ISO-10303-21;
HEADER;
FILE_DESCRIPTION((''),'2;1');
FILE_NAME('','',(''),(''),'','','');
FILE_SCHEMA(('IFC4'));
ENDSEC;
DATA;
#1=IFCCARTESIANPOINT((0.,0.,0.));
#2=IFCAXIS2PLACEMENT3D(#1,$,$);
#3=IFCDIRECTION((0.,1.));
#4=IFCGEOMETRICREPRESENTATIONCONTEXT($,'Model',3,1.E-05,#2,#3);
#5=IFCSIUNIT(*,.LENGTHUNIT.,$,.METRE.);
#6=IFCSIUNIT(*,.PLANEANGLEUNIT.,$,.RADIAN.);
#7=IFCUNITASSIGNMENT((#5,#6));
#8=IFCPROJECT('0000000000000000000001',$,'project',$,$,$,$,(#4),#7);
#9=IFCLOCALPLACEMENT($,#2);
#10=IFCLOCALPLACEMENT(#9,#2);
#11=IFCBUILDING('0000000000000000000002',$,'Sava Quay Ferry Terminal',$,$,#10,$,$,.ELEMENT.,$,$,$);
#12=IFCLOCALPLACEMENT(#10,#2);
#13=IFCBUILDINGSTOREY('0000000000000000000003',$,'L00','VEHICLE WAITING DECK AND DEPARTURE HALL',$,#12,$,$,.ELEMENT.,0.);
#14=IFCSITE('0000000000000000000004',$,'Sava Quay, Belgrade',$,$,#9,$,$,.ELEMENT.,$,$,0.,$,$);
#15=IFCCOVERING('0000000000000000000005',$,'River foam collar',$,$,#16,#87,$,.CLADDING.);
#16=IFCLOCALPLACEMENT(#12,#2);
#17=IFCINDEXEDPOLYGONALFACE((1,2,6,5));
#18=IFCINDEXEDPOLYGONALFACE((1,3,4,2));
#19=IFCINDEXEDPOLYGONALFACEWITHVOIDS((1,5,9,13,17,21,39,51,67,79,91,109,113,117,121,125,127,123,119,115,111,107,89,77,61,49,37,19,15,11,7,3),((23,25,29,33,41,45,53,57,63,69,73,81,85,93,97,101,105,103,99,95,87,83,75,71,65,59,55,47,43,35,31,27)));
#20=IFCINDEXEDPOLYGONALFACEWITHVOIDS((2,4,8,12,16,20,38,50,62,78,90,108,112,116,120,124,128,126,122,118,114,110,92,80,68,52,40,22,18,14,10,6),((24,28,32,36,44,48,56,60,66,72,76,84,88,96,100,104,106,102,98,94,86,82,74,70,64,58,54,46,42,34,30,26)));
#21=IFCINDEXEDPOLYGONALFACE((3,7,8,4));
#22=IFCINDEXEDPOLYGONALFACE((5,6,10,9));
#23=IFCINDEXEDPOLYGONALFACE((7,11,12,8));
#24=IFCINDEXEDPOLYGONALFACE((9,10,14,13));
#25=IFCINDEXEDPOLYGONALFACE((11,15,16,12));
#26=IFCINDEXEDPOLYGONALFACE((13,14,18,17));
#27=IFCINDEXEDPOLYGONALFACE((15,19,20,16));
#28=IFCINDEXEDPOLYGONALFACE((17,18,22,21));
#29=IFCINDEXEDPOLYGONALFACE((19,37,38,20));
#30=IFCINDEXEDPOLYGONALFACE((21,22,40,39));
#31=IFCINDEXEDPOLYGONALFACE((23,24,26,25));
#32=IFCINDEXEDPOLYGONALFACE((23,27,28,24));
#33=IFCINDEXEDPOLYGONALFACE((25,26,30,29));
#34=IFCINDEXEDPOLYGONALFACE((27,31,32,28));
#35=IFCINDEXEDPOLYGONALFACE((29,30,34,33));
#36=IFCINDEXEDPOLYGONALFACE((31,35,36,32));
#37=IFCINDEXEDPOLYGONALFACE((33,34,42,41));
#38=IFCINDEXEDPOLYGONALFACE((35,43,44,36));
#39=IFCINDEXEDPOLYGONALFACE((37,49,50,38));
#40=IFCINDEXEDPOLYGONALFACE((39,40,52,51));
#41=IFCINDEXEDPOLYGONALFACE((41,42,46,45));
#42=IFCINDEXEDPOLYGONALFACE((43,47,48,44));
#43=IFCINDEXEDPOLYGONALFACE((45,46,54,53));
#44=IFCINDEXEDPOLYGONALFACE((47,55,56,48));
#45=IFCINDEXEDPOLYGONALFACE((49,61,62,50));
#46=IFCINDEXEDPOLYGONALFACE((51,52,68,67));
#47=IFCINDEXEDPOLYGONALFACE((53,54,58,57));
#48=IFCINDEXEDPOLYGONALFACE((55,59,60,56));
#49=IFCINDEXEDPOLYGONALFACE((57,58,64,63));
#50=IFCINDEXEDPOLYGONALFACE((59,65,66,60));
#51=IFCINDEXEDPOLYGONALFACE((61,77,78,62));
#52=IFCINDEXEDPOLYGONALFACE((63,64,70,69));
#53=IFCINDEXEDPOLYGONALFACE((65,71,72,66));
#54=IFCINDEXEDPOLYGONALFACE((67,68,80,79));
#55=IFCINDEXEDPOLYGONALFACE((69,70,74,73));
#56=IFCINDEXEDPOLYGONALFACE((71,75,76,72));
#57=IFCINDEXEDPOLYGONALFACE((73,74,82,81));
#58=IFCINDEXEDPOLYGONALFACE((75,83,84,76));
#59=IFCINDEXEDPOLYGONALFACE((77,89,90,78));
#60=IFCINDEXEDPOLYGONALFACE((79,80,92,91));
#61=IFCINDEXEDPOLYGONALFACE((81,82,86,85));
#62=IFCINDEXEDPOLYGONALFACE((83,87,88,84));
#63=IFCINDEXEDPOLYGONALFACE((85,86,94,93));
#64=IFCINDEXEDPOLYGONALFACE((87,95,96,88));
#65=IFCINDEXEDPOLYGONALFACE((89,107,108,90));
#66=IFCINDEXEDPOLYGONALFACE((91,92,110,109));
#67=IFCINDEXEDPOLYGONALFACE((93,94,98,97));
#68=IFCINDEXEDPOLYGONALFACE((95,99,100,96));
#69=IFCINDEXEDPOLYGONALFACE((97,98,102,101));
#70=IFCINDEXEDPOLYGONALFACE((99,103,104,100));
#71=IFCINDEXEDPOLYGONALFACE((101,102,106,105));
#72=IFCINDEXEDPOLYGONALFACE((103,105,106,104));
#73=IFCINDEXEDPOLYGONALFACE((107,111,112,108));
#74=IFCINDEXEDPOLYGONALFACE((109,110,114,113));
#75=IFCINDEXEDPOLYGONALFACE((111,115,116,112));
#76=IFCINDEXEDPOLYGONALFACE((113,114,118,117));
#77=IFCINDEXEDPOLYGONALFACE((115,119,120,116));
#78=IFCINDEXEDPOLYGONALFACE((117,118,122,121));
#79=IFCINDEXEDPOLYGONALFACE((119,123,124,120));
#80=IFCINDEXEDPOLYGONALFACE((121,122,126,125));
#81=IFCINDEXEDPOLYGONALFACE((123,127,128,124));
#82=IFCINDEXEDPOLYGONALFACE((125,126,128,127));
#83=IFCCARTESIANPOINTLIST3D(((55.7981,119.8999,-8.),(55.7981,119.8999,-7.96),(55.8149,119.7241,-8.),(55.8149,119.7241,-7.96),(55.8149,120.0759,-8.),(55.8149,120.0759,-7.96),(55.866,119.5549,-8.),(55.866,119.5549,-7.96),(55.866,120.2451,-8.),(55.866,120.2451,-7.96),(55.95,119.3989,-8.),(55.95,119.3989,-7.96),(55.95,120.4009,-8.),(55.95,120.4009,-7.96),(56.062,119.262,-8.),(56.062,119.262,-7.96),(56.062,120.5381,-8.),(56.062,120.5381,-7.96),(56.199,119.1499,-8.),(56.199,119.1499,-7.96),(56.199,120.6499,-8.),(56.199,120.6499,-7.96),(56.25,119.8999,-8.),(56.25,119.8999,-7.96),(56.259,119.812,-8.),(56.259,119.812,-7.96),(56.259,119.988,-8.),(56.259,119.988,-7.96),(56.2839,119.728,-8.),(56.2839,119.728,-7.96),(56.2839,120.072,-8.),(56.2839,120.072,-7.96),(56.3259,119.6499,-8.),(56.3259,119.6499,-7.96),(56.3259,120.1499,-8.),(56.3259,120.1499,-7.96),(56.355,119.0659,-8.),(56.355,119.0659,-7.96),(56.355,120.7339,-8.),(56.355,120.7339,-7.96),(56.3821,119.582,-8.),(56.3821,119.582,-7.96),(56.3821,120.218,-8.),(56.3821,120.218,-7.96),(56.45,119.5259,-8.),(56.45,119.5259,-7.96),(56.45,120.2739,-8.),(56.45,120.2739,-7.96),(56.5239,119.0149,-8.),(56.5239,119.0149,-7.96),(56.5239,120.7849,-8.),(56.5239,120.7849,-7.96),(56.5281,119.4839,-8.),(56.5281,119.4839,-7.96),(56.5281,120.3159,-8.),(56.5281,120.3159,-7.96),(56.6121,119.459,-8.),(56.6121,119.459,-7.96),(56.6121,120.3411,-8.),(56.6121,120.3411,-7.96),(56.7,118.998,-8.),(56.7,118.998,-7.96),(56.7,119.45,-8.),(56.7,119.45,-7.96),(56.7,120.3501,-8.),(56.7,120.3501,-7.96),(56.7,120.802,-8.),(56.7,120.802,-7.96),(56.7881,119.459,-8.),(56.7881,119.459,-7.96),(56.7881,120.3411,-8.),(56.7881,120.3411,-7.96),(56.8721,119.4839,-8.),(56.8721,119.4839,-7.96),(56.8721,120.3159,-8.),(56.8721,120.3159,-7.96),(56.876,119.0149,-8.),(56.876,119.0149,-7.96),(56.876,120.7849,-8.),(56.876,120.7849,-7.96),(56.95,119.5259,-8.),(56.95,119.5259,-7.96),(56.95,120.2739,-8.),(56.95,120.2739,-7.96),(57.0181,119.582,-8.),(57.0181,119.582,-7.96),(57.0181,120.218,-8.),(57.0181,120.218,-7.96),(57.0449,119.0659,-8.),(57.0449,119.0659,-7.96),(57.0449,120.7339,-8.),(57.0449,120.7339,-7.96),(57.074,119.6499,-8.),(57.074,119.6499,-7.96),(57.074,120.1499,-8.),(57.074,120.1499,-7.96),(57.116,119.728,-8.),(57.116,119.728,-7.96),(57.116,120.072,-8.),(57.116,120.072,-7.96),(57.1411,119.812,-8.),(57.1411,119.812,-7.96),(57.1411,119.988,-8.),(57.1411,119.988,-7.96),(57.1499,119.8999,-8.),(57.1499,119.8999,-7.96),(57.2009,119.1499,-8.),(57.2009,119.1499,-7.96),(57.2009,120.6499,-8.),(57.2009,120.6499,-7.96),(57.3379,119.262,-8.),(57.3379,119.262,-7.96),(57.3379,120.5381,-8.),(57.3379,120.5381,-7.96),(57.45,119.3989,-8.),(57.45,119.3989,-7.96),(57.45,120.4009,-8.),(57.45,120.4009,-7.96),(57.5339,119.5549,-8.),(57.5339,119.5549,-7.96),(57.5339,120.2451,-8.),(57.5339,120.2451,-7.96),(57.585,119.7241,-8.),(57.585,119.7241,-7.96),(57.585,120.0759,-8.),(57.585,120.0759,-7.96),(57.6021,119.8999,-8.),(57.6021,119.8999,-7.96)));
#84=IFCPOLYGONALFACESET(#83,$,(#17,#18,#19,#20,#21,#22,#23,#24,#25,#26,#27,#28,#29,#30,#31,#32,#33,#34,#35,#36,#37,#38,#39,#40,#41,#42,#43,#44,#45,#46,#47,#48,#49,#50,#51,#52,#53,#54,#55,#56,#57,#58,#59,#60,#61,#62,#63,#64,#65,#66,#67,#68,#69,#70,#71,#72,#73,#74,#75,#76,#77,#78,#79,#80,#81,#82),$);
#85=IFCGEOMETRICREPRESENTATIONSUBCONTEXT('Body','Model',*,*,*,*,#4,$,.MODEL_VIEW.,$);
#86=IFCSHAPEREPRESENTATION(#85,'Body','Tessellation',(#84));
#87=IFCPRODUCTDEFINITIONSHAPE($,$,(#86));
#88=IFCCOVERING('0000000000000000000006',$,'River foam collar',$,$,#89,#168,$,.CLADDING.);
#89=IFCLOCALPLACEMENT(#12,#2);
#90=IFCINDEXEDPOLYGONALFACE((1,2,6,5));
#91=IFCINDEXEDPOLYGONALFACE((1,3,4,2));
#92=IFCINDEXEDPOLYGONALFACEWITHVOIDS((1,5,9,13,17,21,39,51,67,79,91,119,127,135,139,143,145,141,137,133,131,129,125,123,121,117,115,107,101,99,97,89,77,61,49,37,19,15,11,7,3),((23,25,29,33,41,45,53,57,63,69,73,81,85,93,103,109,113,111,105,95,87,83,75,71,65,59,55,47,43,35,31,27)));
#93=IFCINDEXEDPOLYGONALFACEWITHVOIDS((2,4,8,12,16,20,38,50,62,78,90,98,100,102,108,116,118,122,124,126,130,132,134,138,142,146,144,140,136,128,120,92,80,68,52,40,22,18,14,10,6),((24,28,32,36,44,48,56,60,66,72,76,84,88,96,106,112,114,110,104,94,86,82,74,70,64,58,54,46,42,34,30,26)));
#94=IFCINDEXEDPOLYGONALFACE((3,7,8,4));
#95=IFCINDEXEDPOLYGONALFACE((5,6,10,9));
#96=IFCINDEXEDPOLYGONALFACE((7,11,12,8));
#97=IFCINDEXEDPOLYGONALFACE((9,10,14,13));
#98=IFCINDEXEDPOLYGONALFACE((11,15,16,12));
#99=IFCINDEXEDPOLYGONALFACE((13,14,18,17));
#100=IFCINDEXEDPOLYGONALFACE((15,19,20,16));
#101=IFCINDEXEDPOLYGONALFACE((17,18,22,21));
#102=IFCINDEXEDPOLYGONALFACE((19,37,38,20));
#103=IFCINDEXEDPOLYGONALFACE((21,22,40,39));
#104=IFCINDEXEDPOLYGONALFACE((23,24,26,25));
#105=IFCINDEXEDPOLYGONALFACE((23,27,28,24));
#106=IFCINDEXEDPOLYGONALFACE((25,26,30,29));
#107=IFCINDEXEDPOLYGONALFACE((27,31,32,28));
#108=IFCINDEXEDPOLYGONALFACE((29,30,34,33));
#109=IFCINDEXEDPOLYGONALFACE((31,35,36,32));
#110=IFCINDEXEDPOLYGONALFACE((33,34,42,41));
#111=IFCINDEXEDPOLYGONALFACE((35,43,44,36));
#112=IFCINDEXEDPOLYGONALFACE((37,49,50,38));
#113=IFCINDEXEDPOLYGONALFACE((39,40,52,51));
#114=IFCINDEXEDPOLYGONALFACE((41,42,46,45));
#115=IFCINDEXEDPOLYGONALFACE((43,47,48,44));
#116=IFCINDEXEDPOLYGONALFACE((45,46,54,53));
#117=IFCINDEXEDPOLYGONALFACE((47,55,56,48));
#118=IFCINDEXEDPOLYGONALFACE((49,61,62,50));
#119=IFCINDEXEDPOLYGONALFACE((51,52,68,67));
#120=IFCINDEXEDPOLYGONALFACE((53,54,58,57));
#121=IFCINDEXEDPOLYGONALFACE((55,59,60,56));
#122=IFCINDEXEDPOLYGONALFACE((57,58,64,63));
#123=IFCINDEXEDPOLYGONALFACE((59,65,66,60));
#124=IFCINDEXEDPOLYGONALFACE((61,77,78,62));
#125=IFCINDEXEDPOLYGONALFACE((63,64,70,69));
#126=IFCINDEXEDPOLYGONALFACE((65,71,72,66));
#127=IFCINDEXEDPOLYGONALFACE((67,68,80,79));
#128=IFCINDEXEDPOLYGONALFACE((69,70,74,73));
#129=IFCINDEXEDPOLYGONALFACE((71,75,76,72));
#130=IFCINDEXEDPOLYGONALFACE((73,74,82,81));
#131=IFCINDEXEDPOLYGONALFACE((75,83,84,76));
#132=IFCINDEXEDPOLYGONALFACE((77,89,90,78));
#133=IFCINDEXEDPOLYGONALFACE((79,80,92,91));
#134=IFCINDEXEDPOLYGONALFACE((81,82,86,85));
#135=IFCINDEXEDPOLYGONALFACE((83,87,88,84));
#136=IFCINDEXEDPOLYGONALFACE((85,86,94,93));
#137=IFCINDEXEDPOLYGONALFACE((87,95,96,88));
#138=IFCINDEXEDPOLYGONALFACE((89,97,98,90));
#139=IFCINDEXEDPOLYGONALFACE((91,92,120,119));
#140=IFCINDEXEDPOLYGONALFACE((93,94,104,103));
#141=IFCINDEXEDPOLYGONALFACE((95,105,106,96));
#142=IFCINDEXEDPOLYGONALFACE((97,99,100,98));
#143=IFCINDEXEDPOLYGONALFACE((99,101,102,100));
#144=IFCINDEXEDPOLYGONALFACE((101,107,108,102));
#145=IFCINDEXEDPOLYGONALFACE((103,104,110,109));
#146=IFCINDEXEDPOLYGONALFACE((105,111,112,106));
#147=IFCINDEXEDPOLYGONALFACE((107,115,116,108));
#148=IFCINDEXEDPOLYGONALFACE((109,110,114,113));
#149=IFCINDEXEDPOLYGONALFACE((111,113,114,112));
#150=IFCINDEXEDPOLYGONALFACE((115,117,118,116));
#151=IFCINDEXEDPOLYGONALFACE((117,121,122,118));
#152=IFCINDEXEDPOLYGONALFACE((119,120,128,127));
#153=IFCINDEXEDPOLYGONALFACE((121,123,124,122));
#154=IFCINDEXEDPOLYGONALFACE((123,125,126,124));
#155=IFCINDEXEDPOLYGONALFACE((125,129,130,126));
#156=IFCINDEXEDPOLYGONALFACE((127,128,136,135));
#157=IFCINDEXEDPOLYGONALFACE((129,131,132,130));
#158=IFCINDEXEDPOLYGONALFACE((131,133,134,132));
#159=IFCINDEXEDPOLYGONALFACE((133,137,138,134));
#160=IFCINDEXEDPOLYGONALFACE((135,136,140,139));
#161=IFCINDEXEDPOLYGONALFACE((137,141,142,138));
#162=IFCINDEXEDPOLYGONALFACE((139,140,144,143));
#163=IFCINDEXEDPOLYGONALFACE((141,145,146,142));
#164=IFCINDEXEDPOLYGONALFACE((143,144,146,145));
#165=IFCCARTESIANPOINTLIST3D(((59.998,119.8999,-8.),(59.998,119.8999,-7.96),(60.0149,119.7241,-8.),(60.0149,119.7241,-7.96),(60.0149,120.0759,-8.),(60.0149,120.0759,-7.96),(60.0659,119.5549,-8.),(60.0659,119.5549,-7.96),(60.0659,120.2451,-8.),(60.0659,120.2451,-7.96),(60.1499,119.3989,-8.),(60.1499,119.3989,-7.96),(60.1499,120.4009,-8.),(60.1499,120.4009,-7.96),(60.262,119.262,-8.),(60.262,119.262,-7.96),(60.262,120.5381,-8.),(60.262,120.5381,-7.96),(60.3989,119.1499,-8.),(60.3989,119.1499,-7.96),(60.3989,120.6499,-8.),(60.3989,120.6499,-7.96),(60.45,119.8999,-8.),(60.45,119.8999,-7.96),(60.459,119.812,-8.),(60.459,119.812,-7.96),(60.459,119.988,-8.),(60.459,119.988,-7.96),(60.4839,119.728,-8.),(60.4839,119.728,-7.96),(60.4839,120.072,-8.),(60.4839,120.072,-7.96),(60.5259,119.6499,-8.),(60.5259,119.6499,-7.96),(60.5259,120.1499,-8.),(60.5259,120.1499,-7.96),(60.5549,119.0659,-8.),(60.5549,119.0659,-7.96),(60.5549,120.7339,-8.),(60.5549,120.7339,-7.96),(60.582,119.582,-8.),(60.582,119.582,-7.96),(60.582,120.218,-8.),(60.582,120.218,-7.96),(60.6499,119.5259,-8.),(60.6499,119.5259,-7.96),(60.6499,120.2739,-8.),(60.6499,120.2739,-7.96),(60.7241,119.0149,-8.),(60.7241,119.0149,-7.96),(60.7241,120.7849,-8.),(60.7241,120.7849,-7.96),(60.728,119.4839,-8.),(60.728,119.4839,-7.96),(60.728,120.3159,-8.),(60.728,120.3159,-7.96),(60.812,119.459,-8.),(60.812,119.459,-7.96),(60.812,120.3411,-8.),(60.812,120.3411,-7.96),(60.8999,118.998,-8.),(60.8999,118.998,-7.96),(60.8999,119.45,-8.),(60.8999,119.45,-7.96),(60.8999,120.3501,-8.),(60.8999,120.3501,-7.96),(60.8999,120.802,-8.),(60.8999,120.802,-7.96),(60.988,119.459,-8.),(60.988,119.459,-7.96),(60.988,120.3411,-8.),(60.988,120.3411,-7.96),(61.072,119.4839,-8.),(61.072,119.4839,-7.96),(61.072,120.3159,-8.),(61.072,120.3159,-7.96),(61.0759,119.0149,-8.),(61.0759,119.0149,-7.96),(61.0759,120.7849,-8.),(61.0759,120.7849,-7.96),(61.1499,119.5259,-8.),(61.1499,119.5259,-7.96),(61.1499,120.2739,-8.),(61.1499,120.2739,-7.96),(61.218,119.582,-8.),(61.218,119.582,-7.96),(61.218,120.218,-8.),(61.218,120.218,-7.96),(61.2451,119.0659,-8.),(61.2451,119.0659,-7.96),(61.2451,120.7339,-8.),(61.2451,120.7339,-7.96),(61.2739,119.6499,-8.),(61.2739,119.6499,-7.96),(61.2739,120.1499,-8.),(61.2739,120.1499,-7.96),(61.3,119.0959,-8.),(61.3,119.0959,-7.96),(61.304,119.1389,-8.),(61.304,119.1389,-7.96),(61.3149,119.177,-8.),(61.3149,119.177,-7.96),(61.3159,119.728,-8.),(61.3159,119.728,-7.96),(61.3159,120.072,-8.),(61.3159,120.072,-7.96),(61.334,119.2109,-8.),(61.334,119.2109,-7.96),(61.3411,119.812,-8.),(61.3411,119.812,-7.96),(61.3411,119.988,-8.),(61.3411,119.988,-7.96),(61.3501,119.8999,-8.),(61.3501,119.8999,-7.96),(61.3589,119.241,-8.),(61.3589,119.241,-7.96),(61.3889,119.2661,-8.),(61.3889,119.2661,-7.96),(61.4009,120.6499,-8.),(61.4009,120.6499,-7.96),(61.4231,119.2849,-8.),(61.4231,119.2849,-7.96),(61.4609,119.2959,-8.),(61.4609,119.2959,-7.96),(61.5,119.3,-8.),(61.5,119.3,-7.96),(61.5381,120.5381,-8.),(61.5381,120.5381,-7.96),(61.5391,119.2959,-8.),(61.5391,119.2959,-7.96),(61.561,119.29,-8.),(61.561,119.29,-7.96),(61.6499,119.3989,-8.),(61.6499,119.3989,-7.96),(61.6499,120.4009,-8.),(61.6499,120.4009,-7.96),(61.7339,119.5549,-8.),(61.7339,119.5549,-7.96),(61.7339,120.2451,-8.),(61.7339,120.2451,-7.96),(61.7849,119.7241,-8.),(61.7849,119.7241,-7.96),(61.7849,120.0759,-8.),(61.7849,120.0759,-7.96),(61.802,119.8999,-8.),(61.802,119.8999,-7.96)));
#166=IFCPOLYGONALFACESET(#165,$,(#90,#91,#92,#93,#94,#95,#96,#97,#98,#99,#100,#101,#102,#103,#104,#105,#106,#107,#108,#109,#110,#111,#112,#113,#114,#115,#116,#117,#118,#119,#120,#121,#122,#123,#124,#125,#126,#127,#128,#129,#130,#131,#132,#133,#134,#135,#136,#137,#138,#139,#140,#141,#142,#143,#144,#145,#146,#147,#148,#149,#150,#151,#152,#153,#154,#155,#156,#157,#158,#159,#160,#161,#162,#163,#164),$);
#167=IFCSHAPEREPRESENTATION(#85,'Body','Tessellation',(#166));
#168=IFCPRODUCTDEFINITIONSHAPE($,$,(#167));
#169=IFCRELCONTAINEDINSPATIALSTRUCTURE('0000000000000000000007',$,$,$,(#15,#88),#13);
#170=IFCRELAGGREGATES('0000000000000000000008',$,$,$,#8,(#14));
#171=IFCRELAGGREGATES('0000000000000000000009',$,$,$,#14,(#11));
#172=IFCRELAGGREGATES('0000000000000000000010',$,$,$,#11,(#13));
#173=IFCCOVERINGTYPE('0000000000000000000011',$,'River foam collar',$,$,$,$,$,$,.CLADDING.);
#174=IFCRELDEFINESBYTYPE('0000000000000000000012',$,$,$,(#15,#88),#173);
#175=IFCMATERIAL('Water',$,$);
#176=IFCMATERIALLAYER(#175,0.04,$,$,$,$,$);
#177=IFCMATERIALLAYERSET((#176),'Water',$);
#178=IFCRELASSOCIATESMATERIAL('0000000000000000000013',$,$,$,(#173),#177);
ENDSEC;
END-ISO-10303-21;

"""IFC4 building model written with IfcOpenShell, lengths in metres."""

from ifc_helpers import new_model, si_unit, direction, frame, origin, place, context, subcontext, project, spatial, polyline, outline, extrude, material, layer, layer_set, type_object, element, save


model = new_model("IFC4")

# Units and contexts
model_context = context("Model", 3, precision=1e-05, world=origin(), true_north=direction((0.0, 1.0)))
body_context = subcontext(model_context, "Body", "Model", "MODEL_VIEW")
ifc_project = project(units=[si_unit("LENGTHUNIT", "METRE"), si_unit("PLANEANGLEUNIT", "RADIAN")], contexts=[model_context])

# Site, building, storey
site_placement = place(None, origin())
site = spatial("IfcSite", under=ifc_project, at=site_placement, Name="Sava Quay, Belgrade", CompositionType="ELEMENT", RefElevation=0.0)
building_placement = place(site_placement, origin())
building = spatial("IfcBuilding", under=site, at=building_placement, Name="Sava Quay Ferry Terminal", CompositionType="ELEMENT")
storey_placement = place(building_placement, origin())
storey = spatial("IfcBuildingStorey", under=building, at=storey_placement, Name="L00", Description="VEHICLE WAITING DECK AND DEPARTURE HALL", CompositionType="ELEMENT", Elevation=0.0)

# Coverings
ifc_material = material(Name="Water")
ifc_layer = layer(ifc_material, 0.04)
ifc_layer_set = layer_set([ifc_layer], Name="Water")
covering_type = type_object("IfcCoveringType", Name="River foam collar", PredefinedType="CLADDING", material=ifc_layer_set)
covering_1_placement = place(storey_placement, frame((0.0, 0.0, -8.0)))
element("IfcCovering", 1, at=covering_1_placement, inside=storey, type_object=covering_type, Name="River foam collar", PredefinedType="CLADDING", context=body_context, shape_type="SweptSolid", body=[
    extrude(outline(polyline([(57.0449, 119.0659), (57.2009, 119.1499), (57.3379, 119.262), (57.45, 119.3989), (57.5339, 119.5549), (57.585, 119.7241), (57.6021, 119.8999), (57.585, 120.0759), (57.5339, 120.2451), (57.45, 120.4009), (57.3379, 120.5381), (57.2009, 120.6499), (57.0449, 120.7339), (56.876, 120.7849), (56.7, 120.802), (56.5239, 120.7849), (56.355, 120.7339), (56.199, 120.6499), (56.062, 120.5381), (55.95, 120.4009), (55.866, 120.2451), (55.8149, 120.0759), (55.7981, 119.8999), (55.8149, 119.7241), (55.866, 119.5549), (55.95, 119.3989), (56.062, 119.262), (56.199, 119.1499), (56.355, 119.0659), (56.5239, 119.0149), (56.7, 118.998), (56.876, 119.0149), (57.0449, 119.0659)]), holes=[polyline([(56.8721, 120.3159), (56.95, 120.2739), (57.0181, 120.218), (57.074, 120.1499), (57.116, 120.072), (57.1411, 119.988), (57.1499, 119.8999), (57.1411, 119.812), (57.116, 119.728), (57.074, 119.6499), (57.0181, 119.582), (56.95, 119.5259), (56.8721, 119.4839), (56.7881, 119.459), (56.7, 119.45), (56.6121, 119.459), (56.5281, 119.4839), (56.45, 119.5259), (56.3821, 119.582), (56.3259, 119.6499), (56.2839, 119.728), (56.259, 119.812), (56.25, 119.8999), (56.259, 119.988), (56.2839, 120.072), (56.3259, 120.1499), (56.3821, 120.218), (56.45, 120.2739), (56.5281, 120.3159), (56.6121, 120.3411), (56.7, 120.3501), (56.7881, 120.3411), (56.8721, 120.3159)])]), origin(), (0.0, 0.0, 1.0), 0.04),
])
covering_2_placement = place(storey_placement, frame((0.0, 0.0, -8.0)))
element("IfcCovering", 2, at=covering_2_placement, inside=storey, type_object=covering_type, Name="River foam collar", PredefinedType="CLADDING", context=body_context, shape_type="SweptSolid", body=[
    extrude(outline(polyline([(61.6499, 120.4009), (61.5381, 120.5381), (61.4009, 120.6499), (61.2451, 120.7339), (61.0759, 120.7849), (60.8999, 120.802), (60.7241, 120.7849), (60.5549, 120.7339), (60.3989, 120.6499), (60.262, 120.5381), (60.1499, 120.4009), (60.0659, 120.2451), (60.0149, 120.0759), (59.998, 119.8999), (60.0149, 119.7241), (60.0659, 119.5549), (60.1499, 119.3989), (60.262, 119.262), (60.3989, 119.1499), (60.5549, 119.0659), (60.7241, 119.0149), (60.8999, 118.998), (61.0759, 119.0149), (61.2451, 119.0659), (61.3, 119.0959), (61.304, 119.1389), (61.3149, 119.177), (61.334, 119.2109), (61.3589, 119.241), (61.3889, 119.2661), (61.4231, 119.2849), (61.4609, 119.2959), (61.5, 119.3), (61.5391, 119.2959), (61.561, 119.29), (61.6499, 119.3989), (61.7339, 119.5549), (61.7849, 119.7241), (61.802, 119.8999), (61.7849, 120.0759), (61.7339, 120.2451), (61.6499, 120.4009)]), holes=[polyline([(60.988, 120.3411), (61.072, 120.3159), (61.1499, 120.2739), (61.218, 120.218), (61.2739, 120.1499), (61.3159, 120.072), (61.3411, 119.988), (61.3501, 119.8999), (61.3411, 119.812), (61.3159, 119.728), (61.2739, 119.6499), (61.218, 119.582), (61.1499, 119.5259), (61.072, 119.4839), (60.988, 119.459), (60.8999, 119.45), (60.812, 119.459), (60.728, 119.4839), (60.6499, 119.5259), (60.582, 119.582), (60.5259, 119.6499), (60.4839, 119.728), (60.459, 119.812), (60.45, 119.8999), (60.459, 119.988), (60.4839, 120.072), (60.5259, 120.1499), (60.582, 120.218), (60.6499, 120.2739), (60.728, 120.3159), (60.812, 120.3411), (60.8999, 120.3501), (60.988, 120.3411)])]), origin(), (0.0, 0.0, 1.0), 0.04),
])

save(model, "model.ifc")
